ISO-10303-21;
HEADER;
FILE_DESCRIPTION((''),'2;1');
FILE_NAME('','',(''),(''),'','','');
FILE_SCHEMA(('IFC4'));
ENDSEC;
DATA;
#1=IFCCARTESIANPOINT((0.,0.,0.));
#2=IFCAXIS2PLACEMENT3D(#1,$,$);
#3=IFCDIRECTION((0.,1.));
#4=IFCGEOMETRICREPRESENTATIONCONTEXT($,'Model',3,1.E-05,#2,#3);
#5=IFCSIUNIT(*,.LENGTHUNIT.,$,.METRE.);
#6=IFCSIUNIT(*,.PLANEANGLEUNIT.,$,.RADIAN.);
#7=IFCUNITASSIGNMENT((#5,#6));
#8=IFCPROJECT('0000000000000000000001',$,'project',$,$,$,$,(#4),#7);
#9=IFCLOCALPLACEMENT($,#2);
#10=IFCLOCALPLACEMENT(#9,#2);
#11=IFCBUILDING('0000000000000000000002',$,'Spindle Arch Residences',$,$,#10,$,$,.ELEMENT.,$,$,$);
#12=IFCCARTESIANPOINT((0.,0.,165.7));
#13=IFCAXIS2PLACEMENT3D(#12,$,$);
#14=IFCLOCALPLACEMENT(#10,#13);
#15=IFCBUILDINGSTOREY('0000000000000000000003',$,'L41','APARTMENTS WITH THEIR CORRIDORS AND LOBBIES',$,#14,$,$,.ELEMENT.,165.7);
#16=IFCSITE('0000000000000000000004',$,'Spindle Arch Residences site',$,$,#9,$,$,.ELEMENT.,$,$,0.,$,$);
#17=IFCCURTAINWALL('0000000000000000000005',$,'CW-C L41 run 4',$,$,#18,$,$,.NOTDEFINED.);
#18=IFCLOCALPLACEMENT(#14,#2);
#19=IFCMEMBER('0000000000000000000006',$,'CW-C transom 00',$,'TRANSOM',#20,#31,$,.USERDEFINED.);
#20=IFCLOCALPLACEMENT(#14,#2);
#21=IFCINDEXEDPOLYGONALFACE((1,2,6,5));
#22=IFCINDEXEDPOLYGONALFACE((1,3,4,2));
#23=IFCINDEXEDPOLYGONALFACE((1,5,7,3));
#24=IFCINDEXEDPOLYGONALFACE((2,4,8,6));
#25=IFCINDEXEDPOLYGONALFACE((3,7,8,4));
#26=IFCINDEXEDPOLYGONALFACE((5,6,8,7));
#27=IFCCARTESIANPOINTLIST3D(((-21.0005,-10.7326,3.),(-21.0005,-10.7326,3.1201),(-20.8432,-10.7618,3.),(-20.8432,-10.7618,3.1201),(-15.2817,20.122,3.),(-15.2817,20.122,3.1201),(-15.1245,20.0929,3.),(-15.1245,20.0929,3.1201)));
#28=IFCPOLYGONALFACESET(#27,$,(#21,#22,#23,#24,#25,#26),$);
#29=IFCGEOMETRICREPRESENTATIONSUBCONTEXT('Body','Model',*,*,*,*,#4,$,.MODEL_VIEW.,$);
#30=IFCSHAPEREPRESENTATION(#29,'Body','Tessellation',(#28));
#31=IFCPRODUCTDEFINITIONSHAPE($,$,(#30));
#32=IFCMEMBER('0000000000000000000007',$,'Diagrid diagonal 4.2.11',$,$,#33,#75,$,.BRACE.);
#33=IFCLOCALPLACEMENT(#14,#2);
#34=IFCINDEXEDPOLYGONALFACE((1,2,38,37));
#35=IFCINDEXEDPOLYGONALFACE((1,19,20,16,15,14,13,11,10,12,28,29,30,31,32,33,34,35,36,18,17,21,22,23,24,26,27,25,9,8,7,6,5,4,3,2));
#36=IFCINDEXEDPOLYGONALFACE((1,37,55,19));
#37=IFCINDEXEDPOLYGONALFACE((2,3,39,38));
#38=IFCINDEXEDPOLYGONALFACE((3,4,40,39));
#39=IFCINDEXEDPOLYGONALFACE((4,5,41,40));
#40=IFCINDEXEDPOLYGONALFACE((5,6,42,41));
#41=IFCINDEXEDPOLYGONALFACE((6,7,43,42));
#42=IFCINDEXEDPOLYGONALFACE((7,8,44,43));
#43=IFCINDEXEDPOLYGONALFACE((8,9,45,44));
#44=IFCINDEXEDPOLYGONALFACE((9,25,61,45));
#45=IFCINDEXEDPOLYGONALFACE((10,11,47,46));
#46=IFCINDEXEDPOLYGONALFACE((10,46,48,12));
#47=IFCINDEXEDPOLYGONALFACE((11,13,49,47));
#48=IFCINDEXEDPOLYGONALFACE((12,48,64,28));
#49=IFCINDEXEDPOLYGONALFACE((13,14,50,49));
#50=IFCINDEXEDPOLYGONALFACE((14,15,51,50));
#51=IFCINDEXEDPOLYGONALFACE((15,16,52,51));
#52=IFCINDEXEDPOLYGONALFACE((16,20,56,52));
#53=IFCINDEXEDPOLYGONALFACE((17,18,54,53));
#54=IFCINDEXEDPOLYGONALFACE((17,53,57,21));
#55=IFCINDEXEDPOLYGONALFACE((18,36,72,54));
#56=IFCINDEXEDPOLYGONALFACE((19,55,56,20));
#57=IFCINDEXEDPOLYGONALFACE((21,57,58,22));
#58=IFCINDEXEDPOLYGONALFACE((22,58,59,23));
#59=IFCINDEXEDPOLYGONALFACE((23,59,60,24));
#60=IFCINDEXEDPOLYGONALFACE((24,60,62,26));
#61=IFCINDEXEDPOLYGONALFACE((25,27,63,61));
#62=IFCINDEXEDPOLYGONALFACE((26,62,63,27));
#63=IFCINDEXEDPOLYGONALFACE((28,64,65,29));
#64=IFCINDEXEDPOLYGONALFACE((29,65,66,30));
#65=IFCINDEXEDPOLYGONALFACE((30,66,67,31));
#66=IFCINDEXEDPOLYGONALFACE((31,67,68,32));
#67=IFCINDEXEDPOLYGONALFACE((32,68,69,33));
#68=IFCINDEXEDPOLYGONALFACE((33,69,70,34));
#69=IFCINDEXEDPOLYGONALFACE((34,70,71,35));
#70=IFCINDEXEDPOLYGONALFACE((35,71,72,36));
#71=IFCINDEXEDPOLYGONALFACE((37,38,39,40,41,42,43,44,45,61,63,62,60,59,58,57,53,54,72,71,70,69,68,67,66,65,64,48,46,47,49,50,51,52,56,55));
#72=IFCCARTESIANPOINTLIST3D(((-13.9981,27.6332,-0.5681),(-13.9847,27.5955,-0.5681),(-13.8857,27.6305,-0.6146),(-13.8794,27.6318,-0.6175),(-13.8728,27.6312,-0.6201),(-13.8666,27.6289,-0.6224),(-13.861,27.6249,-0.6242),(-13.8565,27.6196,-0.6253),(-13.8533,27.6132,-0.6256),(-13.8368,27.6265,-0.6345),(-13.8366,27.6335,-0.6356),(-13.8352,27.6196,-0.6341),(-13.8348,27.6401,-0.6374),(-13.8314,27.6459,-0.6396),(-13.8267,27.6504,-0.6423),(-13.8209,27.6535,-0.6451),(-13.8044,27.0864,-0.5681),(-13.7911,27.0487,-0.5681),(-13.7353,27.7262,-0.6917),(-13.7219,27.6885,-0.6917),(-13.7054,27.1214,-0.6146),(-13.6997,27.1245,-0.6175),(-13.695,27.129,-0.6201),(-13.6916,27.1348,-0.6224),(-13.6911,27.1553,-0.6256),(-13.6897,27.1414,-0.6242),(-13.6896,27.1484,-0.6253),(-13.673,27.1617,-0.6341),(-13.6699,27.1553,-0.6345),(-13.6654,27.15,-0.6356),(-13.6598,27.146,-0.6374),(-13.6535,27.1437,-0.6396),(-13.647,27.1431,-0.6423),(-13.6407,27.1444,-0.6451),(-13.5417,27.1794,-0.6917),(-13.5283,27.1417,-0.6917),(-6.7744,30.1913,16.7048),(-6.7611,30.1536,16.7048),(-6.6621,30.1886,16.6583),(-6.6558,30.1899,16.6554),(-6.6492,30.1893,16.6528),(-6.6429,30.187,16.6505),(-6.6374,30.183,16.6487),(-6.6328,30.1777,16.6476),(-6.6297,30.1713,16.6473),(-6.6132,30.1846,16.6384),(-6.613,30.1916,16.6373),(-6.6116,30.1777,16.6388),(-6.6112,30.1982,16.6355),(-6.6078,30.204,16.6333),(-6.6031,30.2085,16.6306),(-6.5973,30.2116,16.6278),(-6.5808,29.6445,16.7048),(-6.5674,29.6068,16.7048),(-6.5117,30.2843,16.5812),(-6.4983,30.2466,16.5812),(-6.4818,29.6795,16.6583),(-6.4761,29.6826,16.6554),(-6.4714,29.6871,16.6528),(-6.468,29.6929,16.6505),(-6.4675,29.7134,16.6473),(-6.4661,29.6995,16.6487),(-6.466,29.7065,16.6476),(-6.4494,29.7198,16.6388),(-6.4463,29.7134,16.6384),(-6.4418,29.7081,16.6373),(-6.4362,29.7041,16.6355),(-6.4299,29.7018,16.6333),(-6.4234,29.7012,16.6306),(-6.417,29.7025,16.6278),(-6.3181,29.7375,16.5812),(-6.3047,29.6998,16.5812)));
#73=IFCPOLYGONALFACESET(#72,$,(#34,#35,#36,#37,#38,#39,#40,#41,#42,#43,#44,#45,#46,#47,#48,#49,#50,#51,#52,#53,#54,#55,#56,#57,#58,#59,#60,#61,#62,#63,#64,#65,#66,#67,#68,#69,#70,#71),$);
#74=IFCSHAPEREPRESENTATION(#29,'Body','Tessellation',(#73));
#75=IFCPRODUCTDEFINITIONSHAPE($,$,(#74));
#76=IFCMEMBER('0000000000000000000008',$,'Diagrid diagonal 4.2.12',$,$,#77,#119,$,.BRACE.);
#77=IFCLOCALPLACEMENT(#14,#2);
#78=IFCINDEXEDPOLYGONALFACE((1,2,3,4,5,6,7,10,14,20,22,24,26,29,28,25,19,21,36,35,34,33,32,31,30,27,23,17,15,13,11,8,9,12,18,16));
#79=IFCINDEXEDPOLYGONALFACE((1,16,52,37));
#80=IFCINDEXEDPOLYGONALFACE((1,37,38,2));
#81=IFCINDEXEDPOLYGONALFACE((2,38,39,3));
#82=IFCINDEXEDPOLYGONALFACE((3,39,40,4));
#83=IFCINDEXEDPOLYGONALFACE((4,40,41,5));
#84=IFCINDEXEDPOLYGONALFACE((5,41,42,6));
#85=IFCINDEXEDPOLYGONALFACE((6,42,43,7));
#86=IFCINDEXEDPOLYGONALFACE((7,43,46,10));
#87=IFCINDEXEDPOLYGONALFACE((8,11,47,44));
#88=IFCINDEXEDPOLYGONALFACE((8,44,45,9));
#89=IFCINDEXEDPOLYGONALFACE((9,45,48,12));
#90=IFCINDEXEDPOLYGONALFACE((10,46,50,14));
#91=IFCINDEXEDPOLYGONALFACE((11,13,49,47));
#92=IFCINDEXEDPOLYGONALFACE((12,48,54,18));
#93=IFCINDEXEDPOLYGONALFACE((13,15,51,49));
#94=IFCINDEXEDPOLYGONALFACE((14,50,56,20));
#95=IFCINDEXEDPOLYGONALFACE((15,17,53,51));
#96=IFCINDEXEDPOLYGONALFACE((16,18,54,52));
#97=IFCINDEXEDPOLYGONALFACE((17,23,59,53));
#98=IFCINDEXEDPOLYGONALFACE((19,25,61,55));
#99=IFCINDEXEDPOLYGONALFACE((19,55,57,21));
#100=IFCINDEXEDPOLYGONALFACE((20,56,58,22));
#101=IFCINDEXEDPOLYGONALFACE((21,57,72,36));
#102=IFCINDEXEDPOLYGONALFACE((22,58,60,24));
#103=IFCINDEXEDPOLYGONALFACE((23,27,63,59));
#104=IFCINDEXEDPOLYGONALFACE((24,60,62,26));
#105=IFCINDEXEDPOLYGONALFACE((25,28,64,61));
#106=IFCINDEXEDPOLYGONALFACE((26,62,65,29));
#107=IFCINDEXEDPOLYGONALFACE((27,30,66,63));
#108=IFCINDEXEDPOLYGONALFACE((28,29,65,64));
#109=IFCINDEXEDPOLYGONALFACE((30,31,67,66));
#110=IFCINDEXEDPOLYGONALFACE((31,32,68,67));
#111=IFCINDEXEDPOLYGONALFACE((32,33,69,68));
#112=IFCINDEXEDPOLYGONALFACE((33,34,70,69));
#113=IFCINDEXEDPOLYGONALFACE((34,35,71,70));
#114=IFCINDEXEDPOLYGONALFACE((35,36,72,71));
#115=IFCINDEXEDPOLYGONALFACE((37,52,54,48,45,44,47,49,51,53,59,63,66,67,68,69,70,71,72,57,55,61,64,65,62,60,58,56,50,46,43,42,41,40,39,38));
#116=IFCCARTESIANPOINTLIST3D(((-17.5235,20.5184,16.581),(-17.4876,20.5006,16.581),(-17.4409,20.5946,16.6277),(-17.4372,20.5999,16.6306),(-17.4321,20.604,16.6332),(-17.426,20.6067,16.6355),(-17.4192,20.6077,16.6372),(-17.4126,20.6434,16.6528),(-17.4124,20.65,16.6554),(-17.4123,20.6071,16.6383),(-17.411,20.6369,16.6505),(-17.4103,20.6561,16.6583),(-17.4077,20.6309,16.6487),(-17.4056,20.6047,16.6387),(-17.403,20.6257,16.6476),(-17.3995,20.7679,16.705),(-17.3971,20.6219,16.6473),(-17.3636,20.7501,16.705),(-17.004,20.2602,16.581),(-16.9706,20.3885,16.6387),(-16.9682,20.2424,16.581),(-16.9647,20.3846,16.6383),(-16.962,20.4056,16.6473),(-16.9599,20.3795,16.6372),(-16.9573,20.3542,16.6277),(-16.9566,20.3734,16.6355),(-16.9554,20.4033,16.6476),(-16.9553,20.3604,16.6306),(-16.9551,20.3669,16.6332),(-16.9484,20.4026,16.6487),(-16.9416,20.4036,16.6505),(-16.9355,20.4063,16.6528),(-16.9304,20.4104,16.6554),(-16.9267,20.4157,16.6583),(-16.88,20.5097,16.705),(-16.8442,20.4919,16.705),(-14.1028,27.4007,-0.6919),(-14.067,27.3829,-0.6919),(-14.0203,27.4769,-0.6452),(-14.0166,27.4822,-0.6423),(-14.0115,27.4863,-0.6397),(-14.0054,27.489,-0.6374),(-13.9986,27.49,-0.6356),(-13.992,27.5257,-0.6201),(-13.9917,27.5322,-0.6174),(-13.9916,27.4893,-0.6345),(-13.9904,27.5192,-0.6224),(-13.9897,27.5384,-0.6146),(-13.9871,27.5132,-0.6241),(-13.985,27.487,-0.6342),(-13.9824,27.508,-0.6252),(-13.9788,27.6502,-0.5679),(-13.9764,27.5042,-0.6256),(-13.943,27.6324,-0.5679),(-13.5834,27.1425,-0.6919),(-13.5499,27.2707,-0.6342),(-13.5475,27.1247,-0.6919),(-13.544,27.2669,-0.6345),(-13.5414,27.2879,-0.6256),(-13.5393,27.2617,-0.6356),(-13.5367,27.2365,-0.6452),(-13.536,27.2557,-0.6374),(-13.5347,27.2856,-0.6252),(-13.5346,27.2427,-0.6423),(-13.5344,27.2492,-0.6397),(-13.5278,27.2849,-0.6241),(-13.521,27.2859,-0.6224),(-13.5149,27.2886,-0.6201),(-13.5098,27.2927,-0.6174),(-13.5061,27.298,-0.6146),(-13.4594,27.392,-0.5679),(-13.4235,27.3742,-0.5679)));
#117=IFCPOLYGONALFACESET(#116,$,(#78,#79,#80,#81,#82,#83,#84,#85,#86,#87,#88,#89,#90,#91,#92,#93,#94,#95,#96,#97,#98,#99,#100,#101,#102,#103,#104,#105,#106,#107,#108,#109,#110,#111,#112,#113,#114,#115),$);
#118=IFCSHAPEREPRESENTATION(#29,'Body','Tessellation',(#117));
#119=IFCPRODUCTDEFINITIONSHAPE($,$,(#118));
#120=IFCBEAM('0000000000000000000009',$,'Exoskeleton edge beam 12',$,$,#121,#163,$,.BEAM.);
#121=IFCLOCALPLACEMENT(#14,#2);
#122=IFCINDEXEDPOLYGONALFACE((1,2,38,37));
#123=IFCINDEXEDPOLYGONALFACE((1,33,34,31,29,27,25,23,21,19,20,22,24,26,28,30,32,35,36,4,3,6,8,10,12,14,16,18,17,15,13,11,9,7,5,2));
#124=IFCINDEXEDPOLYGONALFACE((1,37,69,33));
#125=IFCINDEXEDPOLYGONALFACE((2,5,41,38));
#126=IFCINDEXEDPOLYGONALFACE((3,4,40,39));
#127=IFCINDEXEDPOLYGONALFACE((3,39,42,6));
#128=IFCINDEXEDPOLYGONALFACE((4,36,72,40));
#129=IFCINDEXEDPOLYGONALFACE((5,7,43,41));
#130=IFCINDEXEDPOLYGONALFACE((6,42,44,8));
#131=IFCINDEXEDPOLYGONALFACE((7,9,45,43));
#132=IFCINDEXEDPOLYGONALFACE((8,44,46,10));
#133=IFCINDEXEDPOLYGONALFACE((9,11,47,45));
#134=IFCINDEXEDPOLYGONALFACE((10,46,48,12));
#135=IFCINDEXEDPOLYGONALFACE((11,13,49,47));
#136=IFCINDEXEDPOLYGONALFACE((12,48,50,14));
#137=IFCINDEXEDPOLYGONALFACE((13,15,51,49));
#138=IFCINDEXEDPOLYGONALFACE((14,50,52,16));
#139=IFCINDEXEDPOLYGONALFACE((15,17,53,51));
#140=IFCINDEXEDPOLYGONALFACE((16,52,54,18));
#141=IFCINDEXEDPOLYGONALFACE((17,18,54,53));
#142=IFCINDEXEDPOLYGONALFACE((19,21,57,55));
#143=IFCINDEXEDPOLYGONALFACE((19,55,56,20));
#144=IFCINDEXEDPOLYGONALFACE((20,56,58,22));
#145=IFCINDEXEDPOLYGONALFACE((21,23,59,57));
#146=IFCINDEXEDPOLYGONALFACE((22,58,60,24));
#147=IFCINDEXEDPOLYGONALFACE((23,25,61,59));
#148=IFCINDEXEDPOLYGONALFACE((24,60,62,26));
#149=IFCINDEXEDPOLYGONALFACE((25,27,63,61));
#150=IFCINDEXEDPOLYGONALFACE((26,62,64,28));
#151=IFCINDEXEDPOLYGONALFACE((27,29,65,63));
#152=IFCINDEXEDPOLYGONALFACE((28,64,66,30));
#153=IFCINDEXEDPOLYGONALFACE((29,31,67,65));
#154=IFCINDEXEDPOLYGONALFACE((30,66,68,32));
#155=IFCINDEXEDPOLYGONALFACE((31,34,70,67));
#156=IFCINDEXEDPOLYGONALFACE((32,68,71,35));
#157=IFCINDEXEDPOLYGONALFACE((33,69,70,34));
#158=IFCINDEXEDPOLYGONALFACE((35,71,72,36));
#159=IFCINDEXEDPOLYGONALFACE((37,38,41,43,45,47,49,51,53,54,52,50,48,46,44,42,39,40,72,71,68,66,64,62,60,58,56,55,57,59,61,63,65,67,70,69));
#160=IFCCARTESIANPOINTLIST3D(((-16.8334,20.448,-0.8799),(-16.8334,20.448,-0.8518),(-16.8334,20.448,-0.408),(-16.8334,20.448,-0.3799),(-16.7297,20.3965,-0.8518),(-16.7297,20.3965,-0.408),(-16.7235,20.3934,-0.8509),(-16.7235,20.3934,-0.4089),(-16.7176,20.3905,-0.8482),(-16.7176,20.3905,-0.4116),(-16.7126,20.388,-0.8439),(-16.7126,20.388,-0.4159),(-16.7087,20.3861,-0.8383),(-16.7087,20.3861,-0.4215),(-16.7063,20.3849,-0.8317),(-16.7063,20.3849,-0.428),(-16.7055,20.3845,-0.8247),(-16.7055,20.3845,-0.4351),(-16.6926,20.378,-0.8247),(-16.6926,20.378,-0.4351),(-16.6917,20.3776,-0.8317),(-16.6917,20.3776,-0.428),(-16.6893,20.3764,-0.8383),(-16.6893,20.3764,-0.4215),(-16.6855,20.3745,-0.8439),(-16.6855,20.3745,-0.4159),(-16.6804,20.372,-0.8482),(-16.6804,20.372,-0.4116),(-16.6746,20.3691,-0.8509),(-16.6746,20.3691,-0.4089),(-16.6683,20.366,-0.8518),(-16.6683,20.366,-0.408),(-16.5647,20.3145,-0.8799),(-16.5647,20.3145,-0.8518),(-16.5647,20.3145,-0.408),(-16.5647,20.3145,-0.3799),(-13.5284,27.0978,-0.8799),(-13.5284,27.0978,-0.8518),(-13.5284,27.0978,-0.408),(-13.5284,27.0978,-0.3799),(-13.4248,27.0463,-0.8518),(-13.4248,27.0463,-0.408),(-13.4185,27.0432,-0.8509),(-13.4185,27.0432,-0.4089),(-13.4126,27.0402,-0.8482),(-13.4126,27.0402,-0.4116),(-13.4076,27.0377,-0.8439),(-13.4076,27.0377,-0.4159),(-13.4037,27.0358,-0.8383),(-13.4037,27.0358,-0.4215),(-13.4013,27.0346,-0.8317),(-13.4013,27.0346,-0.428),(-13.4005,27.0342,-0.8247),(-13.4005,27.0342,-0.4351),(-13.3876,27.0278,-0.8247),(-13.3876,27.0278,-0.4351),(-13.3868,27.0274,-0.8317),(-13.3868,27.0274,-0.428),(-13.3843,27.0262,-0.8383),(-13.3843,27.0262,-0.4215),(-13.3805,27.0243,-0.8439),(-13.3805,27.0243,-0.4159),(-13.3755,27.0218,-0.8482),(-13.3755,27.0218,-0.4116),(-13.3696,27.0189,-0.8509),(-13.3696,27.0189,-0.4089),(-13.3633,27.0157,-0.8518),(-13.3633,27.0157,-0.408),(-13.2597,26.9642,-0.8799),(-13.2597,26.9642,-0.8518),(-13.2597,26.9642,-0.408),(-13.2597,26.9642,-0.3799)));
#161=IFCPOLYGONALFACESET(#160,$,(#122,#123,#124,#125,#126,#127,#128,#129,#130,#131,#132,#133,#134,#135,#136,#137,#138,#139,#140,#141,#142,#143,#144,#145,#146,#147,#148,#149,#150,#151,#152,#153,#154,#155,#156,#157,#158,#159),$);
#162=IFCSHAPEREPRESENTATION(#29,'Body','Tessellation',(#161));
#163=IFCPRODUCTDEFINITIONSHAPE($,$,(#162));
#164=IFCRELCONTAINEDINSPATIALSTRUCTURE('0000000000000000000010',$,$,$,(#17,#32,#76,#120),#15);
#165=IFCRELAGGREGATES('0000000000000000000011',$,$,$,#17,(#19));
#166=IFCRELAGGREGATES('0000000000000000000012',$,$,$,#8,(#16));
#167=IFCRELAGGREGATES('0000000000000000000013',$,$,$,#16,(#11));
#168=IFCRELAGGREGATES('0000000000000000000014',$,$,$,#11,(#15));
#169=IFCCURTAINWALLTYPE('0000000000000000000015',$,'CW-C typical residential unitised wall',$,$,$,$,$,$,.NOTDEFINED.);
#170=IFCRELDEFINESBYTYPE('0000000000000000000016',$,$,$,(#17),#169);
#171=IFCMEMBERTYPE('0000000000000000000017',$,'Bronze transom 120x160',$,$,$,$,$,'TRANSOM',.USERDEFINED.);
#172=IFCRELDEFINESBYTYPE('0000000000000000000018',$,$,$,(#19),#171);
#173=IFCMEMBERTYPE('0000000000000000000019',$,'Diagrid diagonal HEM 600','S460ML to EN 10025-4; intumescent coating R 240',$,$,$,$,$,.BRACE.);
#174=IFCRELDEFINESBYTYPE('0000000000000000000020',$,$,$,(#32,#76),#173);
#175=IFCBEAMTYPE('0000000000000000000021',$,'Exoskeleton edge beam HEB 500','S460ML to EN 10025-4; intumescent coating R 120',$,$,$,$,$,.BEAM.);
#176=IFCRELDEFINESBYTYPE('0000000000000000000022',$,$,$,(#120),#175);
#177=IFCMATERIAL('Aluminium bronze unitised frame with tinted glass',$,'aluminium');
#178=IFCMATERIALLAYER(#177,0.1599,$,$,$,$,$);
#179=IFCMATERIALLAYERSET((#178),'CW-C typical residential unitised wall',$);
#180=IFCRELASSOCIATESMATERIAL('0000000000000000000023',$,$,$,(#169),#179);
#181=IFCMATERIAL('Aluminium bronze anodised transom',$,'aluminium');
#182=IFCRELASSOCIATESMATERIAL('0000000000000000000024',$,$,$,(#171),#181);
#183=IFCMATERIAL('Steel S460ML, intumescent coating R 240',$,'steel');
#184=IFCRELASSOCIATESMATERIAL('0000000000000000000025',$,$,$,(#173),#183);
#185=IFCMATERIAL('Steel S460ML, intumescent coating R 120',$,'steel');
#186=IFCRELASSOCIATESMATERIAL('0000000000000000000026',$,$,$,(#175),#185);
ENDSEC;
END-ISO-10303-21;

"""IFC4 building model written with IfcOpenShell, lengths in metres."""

from ifc_helpers import new_model, si_unit, direction, frame, origin, origin_2d, place, context, subcontext, project, spatial, rectangle, i_section, extrude, material, layer, layer_set, material_profile, profile_set, type_object, element, aggregate, save


model = new_model("IFC4")

# Units and contexts
model_context = context("Model", 3, precision=1e-05, world=origin(), true_north=direction((0.0, 1.0)))
body_context = subcontext(model_context, "Body", "Model", "MODEL_VIEW")
ifc_project = project(units=[si_unit("LENGTHUNIT", "METRE"), si_unit("PLANEANGLEUNIT", "RADIAN")], contexts=[model_context])

# Site, building, storey
site_placement = place(None, origin())
site = spatial("IfcSite", under=ifc_project, at=site_placement, Name="Spindle Arch Residences site", CompositionType="ELEMENT", RefElevation=0.0)
building_placement = place(site_placement, origin())
building = spatial("IfcBuilding", under=site, at=building_placement, Name="Spindle Arch Residences", CompositionType="ELEMENT")
storey_placement = place(building_placement, frame((0.0, 0.0, 165.7)))
storey = spatial("IfcBuildingStorey", under=building, at=storey_placement, Name="L41", Description="APARTMENTS WITH THEIR CORRIDORS AND LOBBIES", CompositionType="ELEMENT", Elevation=165.7)

# Curtain wall
ifc_material_1 = material(Name="Aluminium bronze unitised frame with tinted glass", Category="aluminium")
ifc_layer_1 = layer(ifc_material_1, 0.1599)
ifc_layer_set_1 = layer_set([ifc_layer_1], Name="CW-C typical residential unitised wall")
curtain_wall_type_1 = type_object("IfcCurtainWallType", Name="CW-C typical residential unitised wall", PredefinedType="NOTDEFINED", material=ifc_layer_set_1)
curtain_wall_1_placement = place(storey_placement, origin())
curtain_wall_1 = element("IfcCurtainWall", 1, at=curtain_wall_1_placement, inside=storey, type_object=curtain_wall_type_1, Name="CW-C L41 run 4", PredefinedType="NOTDEFINED")

# Member
ifc_material_2 = material(Name="Aluminium bronze anodised transom", Category="aluminium")
ifc_material_profile_1 = material_profile(ifc_material_2, rectangle(XDim=0.1599, YDim=0.1201, at=origin_2d()), Name="TR 120x160")
ifc_profile_set_1 = profile_set([ifc_material_profile_1], Name="Aluminium bronze anodised transom")
member_type_1 = type_object("IfcMemberType", Name="Bronze transom 120x160", ElementType="TRANSOM", PredefinedType="USERDEFINED", material=ifc_profile_set_1)
member_1_placement = place(storey_placement, frame((-15.2031, 20.1074, 3.0601), z_axis=(-0.182241, -0.983254, 0.0), x_axis=(0.983254, -0.182241, 0.0)))
member_1 = element("IfcMember", 2, at=member_1_placement, type_object=member_type_1, Name="CW-C transom 00", ObjectType="TRANSOM", PredefinedType="USERDEFINED", context=body_context, shape_type="SweptSolid", body=[
    extrude(rectangle(XDim=0.1599, YDim=0.1201, at=origin_2d()), origin(), (0.0, 0.0, 1.0), 31.3801),
])

# Members
ifc_material_3 = material(Name="Steel S460ML, intumescent coating R 240", Category="steel")
ifc_material_profile_2 = material_profile(ifc_material_3, i_section(OverallWidth=0.3049, OverallDepth=0.6201, WebThickness=0.021, FlangeThickness=0.04, FilletRadius=0.0271, at=origin_2d()), Name="HEM 600")
ifc_profile_set_2 = profile_set([ifc_material_profile_2], Name="Steel S460ML, intumescent coating R 240")
member_type_2 = type_object("IfcMemberType", Name="Diagrid diagonal HEM 600", Description="S460ML to EN 10025-4; intumescent coating R 240", PredefinedType="BRACE", material=ifc_profile_set_2)
member_2_placement = place(storey_placement, frame((-13.7632, 27.3875, -0.6299), z_axis=(0.382273, 0.135374, 0.91408), x_axis=(-0.861646, -0.305135, 0.405535)))
element("IfcMember", 3, at=member_2_placement, inside=storey, type_object=member_type_2, Name="Diagrid diagonal 4.2.11", PredefinedType="BRACE", context=body_context, shape_type="SweptSolid", body=[
    extrude(i_section(OverallWidth=0.3049, OverallDepth=0.6201, WebThickness=0.021, FlangeThickness=0.04, FilletRadius=0.0271, at=origin_2d()), origin(), (0.0, 0.0, 1.0), 18.8965),
])
member_3_placement = place(storey_placement, frame((-13.7632, 27.3875, -0.6299), z_axis=(-0.180933, -0.364036, 0.913642), x_axis=(0.406641, 0.818159, 0.406521)))
element("IfcMember", 4, at=member_3_placement, inside=storey, type_object=member_type_2, Name="Diagrid diagonal 4.2.12", PredefinedType="BRACE", context=body_context, shape_type="SweptSolid", body=[
    extrude(i_section(OverallWidth=0.3049, OverallDepth=0.6201, WebThickness=0.021, FlangeThickness=0.04, FilletRadius=0.0271, at=origin_2d()), origin(), (0.0, 0.0, 1.0), 18.9055),
])

# Beam
ifc_material_4 = material(Name="Steel S460ML, intumescent coating R 120", Category="steel")
ifc_material_profile_3 = material_profile(ifc_material_4, i_section(OverallWidth=0.3, OverallDepth=0.5, WebThickness=0.0144, FlangeThickness=0.0281, FilletRadius=0.0271, at=origin_2d()), Name="HEB 500")
ifc_profile_set_3 = profile_set([ifc_material_profile_3], Name="Steel S460ML, intumescent coating R 120")
beam_type_1 = type_object("IfcBeamType", Name="Exoskeleton edge beam HEB 500", Description="S460ML to EN 10025-4; intumescent coating R 120", PredefinedType="BEAM", material=ifc_profile_set_3)
beam_1_placement = place(storey_placement, frame((-13.394, 27.031, -0.6299), z_axis=(-0.445069, -0.895496, 0.0), x_axis=(0.895496, -0.445069, 0.0)))
element("IfcBeam", 5, at=beam_1_placement, inside=storey, type_object=beam_type_1, Name="Exoskeleton edge beam 12", PredefinedType="BEAM", context=body_context, shape_type="SweptSolid", body=[
    extrude(i_section(OverallWidth=0.3, OverallDepth=0.5, WebThickness=0.0144, FlangeThickness=0.0281, FilletRadius=0.0271, at=origin_2d()), origin(), (0.0, 0.0, 1.0), 7.4258),
])

aggregate(curtain_wall_1, [member_1])

save(model, "model.ifc")
